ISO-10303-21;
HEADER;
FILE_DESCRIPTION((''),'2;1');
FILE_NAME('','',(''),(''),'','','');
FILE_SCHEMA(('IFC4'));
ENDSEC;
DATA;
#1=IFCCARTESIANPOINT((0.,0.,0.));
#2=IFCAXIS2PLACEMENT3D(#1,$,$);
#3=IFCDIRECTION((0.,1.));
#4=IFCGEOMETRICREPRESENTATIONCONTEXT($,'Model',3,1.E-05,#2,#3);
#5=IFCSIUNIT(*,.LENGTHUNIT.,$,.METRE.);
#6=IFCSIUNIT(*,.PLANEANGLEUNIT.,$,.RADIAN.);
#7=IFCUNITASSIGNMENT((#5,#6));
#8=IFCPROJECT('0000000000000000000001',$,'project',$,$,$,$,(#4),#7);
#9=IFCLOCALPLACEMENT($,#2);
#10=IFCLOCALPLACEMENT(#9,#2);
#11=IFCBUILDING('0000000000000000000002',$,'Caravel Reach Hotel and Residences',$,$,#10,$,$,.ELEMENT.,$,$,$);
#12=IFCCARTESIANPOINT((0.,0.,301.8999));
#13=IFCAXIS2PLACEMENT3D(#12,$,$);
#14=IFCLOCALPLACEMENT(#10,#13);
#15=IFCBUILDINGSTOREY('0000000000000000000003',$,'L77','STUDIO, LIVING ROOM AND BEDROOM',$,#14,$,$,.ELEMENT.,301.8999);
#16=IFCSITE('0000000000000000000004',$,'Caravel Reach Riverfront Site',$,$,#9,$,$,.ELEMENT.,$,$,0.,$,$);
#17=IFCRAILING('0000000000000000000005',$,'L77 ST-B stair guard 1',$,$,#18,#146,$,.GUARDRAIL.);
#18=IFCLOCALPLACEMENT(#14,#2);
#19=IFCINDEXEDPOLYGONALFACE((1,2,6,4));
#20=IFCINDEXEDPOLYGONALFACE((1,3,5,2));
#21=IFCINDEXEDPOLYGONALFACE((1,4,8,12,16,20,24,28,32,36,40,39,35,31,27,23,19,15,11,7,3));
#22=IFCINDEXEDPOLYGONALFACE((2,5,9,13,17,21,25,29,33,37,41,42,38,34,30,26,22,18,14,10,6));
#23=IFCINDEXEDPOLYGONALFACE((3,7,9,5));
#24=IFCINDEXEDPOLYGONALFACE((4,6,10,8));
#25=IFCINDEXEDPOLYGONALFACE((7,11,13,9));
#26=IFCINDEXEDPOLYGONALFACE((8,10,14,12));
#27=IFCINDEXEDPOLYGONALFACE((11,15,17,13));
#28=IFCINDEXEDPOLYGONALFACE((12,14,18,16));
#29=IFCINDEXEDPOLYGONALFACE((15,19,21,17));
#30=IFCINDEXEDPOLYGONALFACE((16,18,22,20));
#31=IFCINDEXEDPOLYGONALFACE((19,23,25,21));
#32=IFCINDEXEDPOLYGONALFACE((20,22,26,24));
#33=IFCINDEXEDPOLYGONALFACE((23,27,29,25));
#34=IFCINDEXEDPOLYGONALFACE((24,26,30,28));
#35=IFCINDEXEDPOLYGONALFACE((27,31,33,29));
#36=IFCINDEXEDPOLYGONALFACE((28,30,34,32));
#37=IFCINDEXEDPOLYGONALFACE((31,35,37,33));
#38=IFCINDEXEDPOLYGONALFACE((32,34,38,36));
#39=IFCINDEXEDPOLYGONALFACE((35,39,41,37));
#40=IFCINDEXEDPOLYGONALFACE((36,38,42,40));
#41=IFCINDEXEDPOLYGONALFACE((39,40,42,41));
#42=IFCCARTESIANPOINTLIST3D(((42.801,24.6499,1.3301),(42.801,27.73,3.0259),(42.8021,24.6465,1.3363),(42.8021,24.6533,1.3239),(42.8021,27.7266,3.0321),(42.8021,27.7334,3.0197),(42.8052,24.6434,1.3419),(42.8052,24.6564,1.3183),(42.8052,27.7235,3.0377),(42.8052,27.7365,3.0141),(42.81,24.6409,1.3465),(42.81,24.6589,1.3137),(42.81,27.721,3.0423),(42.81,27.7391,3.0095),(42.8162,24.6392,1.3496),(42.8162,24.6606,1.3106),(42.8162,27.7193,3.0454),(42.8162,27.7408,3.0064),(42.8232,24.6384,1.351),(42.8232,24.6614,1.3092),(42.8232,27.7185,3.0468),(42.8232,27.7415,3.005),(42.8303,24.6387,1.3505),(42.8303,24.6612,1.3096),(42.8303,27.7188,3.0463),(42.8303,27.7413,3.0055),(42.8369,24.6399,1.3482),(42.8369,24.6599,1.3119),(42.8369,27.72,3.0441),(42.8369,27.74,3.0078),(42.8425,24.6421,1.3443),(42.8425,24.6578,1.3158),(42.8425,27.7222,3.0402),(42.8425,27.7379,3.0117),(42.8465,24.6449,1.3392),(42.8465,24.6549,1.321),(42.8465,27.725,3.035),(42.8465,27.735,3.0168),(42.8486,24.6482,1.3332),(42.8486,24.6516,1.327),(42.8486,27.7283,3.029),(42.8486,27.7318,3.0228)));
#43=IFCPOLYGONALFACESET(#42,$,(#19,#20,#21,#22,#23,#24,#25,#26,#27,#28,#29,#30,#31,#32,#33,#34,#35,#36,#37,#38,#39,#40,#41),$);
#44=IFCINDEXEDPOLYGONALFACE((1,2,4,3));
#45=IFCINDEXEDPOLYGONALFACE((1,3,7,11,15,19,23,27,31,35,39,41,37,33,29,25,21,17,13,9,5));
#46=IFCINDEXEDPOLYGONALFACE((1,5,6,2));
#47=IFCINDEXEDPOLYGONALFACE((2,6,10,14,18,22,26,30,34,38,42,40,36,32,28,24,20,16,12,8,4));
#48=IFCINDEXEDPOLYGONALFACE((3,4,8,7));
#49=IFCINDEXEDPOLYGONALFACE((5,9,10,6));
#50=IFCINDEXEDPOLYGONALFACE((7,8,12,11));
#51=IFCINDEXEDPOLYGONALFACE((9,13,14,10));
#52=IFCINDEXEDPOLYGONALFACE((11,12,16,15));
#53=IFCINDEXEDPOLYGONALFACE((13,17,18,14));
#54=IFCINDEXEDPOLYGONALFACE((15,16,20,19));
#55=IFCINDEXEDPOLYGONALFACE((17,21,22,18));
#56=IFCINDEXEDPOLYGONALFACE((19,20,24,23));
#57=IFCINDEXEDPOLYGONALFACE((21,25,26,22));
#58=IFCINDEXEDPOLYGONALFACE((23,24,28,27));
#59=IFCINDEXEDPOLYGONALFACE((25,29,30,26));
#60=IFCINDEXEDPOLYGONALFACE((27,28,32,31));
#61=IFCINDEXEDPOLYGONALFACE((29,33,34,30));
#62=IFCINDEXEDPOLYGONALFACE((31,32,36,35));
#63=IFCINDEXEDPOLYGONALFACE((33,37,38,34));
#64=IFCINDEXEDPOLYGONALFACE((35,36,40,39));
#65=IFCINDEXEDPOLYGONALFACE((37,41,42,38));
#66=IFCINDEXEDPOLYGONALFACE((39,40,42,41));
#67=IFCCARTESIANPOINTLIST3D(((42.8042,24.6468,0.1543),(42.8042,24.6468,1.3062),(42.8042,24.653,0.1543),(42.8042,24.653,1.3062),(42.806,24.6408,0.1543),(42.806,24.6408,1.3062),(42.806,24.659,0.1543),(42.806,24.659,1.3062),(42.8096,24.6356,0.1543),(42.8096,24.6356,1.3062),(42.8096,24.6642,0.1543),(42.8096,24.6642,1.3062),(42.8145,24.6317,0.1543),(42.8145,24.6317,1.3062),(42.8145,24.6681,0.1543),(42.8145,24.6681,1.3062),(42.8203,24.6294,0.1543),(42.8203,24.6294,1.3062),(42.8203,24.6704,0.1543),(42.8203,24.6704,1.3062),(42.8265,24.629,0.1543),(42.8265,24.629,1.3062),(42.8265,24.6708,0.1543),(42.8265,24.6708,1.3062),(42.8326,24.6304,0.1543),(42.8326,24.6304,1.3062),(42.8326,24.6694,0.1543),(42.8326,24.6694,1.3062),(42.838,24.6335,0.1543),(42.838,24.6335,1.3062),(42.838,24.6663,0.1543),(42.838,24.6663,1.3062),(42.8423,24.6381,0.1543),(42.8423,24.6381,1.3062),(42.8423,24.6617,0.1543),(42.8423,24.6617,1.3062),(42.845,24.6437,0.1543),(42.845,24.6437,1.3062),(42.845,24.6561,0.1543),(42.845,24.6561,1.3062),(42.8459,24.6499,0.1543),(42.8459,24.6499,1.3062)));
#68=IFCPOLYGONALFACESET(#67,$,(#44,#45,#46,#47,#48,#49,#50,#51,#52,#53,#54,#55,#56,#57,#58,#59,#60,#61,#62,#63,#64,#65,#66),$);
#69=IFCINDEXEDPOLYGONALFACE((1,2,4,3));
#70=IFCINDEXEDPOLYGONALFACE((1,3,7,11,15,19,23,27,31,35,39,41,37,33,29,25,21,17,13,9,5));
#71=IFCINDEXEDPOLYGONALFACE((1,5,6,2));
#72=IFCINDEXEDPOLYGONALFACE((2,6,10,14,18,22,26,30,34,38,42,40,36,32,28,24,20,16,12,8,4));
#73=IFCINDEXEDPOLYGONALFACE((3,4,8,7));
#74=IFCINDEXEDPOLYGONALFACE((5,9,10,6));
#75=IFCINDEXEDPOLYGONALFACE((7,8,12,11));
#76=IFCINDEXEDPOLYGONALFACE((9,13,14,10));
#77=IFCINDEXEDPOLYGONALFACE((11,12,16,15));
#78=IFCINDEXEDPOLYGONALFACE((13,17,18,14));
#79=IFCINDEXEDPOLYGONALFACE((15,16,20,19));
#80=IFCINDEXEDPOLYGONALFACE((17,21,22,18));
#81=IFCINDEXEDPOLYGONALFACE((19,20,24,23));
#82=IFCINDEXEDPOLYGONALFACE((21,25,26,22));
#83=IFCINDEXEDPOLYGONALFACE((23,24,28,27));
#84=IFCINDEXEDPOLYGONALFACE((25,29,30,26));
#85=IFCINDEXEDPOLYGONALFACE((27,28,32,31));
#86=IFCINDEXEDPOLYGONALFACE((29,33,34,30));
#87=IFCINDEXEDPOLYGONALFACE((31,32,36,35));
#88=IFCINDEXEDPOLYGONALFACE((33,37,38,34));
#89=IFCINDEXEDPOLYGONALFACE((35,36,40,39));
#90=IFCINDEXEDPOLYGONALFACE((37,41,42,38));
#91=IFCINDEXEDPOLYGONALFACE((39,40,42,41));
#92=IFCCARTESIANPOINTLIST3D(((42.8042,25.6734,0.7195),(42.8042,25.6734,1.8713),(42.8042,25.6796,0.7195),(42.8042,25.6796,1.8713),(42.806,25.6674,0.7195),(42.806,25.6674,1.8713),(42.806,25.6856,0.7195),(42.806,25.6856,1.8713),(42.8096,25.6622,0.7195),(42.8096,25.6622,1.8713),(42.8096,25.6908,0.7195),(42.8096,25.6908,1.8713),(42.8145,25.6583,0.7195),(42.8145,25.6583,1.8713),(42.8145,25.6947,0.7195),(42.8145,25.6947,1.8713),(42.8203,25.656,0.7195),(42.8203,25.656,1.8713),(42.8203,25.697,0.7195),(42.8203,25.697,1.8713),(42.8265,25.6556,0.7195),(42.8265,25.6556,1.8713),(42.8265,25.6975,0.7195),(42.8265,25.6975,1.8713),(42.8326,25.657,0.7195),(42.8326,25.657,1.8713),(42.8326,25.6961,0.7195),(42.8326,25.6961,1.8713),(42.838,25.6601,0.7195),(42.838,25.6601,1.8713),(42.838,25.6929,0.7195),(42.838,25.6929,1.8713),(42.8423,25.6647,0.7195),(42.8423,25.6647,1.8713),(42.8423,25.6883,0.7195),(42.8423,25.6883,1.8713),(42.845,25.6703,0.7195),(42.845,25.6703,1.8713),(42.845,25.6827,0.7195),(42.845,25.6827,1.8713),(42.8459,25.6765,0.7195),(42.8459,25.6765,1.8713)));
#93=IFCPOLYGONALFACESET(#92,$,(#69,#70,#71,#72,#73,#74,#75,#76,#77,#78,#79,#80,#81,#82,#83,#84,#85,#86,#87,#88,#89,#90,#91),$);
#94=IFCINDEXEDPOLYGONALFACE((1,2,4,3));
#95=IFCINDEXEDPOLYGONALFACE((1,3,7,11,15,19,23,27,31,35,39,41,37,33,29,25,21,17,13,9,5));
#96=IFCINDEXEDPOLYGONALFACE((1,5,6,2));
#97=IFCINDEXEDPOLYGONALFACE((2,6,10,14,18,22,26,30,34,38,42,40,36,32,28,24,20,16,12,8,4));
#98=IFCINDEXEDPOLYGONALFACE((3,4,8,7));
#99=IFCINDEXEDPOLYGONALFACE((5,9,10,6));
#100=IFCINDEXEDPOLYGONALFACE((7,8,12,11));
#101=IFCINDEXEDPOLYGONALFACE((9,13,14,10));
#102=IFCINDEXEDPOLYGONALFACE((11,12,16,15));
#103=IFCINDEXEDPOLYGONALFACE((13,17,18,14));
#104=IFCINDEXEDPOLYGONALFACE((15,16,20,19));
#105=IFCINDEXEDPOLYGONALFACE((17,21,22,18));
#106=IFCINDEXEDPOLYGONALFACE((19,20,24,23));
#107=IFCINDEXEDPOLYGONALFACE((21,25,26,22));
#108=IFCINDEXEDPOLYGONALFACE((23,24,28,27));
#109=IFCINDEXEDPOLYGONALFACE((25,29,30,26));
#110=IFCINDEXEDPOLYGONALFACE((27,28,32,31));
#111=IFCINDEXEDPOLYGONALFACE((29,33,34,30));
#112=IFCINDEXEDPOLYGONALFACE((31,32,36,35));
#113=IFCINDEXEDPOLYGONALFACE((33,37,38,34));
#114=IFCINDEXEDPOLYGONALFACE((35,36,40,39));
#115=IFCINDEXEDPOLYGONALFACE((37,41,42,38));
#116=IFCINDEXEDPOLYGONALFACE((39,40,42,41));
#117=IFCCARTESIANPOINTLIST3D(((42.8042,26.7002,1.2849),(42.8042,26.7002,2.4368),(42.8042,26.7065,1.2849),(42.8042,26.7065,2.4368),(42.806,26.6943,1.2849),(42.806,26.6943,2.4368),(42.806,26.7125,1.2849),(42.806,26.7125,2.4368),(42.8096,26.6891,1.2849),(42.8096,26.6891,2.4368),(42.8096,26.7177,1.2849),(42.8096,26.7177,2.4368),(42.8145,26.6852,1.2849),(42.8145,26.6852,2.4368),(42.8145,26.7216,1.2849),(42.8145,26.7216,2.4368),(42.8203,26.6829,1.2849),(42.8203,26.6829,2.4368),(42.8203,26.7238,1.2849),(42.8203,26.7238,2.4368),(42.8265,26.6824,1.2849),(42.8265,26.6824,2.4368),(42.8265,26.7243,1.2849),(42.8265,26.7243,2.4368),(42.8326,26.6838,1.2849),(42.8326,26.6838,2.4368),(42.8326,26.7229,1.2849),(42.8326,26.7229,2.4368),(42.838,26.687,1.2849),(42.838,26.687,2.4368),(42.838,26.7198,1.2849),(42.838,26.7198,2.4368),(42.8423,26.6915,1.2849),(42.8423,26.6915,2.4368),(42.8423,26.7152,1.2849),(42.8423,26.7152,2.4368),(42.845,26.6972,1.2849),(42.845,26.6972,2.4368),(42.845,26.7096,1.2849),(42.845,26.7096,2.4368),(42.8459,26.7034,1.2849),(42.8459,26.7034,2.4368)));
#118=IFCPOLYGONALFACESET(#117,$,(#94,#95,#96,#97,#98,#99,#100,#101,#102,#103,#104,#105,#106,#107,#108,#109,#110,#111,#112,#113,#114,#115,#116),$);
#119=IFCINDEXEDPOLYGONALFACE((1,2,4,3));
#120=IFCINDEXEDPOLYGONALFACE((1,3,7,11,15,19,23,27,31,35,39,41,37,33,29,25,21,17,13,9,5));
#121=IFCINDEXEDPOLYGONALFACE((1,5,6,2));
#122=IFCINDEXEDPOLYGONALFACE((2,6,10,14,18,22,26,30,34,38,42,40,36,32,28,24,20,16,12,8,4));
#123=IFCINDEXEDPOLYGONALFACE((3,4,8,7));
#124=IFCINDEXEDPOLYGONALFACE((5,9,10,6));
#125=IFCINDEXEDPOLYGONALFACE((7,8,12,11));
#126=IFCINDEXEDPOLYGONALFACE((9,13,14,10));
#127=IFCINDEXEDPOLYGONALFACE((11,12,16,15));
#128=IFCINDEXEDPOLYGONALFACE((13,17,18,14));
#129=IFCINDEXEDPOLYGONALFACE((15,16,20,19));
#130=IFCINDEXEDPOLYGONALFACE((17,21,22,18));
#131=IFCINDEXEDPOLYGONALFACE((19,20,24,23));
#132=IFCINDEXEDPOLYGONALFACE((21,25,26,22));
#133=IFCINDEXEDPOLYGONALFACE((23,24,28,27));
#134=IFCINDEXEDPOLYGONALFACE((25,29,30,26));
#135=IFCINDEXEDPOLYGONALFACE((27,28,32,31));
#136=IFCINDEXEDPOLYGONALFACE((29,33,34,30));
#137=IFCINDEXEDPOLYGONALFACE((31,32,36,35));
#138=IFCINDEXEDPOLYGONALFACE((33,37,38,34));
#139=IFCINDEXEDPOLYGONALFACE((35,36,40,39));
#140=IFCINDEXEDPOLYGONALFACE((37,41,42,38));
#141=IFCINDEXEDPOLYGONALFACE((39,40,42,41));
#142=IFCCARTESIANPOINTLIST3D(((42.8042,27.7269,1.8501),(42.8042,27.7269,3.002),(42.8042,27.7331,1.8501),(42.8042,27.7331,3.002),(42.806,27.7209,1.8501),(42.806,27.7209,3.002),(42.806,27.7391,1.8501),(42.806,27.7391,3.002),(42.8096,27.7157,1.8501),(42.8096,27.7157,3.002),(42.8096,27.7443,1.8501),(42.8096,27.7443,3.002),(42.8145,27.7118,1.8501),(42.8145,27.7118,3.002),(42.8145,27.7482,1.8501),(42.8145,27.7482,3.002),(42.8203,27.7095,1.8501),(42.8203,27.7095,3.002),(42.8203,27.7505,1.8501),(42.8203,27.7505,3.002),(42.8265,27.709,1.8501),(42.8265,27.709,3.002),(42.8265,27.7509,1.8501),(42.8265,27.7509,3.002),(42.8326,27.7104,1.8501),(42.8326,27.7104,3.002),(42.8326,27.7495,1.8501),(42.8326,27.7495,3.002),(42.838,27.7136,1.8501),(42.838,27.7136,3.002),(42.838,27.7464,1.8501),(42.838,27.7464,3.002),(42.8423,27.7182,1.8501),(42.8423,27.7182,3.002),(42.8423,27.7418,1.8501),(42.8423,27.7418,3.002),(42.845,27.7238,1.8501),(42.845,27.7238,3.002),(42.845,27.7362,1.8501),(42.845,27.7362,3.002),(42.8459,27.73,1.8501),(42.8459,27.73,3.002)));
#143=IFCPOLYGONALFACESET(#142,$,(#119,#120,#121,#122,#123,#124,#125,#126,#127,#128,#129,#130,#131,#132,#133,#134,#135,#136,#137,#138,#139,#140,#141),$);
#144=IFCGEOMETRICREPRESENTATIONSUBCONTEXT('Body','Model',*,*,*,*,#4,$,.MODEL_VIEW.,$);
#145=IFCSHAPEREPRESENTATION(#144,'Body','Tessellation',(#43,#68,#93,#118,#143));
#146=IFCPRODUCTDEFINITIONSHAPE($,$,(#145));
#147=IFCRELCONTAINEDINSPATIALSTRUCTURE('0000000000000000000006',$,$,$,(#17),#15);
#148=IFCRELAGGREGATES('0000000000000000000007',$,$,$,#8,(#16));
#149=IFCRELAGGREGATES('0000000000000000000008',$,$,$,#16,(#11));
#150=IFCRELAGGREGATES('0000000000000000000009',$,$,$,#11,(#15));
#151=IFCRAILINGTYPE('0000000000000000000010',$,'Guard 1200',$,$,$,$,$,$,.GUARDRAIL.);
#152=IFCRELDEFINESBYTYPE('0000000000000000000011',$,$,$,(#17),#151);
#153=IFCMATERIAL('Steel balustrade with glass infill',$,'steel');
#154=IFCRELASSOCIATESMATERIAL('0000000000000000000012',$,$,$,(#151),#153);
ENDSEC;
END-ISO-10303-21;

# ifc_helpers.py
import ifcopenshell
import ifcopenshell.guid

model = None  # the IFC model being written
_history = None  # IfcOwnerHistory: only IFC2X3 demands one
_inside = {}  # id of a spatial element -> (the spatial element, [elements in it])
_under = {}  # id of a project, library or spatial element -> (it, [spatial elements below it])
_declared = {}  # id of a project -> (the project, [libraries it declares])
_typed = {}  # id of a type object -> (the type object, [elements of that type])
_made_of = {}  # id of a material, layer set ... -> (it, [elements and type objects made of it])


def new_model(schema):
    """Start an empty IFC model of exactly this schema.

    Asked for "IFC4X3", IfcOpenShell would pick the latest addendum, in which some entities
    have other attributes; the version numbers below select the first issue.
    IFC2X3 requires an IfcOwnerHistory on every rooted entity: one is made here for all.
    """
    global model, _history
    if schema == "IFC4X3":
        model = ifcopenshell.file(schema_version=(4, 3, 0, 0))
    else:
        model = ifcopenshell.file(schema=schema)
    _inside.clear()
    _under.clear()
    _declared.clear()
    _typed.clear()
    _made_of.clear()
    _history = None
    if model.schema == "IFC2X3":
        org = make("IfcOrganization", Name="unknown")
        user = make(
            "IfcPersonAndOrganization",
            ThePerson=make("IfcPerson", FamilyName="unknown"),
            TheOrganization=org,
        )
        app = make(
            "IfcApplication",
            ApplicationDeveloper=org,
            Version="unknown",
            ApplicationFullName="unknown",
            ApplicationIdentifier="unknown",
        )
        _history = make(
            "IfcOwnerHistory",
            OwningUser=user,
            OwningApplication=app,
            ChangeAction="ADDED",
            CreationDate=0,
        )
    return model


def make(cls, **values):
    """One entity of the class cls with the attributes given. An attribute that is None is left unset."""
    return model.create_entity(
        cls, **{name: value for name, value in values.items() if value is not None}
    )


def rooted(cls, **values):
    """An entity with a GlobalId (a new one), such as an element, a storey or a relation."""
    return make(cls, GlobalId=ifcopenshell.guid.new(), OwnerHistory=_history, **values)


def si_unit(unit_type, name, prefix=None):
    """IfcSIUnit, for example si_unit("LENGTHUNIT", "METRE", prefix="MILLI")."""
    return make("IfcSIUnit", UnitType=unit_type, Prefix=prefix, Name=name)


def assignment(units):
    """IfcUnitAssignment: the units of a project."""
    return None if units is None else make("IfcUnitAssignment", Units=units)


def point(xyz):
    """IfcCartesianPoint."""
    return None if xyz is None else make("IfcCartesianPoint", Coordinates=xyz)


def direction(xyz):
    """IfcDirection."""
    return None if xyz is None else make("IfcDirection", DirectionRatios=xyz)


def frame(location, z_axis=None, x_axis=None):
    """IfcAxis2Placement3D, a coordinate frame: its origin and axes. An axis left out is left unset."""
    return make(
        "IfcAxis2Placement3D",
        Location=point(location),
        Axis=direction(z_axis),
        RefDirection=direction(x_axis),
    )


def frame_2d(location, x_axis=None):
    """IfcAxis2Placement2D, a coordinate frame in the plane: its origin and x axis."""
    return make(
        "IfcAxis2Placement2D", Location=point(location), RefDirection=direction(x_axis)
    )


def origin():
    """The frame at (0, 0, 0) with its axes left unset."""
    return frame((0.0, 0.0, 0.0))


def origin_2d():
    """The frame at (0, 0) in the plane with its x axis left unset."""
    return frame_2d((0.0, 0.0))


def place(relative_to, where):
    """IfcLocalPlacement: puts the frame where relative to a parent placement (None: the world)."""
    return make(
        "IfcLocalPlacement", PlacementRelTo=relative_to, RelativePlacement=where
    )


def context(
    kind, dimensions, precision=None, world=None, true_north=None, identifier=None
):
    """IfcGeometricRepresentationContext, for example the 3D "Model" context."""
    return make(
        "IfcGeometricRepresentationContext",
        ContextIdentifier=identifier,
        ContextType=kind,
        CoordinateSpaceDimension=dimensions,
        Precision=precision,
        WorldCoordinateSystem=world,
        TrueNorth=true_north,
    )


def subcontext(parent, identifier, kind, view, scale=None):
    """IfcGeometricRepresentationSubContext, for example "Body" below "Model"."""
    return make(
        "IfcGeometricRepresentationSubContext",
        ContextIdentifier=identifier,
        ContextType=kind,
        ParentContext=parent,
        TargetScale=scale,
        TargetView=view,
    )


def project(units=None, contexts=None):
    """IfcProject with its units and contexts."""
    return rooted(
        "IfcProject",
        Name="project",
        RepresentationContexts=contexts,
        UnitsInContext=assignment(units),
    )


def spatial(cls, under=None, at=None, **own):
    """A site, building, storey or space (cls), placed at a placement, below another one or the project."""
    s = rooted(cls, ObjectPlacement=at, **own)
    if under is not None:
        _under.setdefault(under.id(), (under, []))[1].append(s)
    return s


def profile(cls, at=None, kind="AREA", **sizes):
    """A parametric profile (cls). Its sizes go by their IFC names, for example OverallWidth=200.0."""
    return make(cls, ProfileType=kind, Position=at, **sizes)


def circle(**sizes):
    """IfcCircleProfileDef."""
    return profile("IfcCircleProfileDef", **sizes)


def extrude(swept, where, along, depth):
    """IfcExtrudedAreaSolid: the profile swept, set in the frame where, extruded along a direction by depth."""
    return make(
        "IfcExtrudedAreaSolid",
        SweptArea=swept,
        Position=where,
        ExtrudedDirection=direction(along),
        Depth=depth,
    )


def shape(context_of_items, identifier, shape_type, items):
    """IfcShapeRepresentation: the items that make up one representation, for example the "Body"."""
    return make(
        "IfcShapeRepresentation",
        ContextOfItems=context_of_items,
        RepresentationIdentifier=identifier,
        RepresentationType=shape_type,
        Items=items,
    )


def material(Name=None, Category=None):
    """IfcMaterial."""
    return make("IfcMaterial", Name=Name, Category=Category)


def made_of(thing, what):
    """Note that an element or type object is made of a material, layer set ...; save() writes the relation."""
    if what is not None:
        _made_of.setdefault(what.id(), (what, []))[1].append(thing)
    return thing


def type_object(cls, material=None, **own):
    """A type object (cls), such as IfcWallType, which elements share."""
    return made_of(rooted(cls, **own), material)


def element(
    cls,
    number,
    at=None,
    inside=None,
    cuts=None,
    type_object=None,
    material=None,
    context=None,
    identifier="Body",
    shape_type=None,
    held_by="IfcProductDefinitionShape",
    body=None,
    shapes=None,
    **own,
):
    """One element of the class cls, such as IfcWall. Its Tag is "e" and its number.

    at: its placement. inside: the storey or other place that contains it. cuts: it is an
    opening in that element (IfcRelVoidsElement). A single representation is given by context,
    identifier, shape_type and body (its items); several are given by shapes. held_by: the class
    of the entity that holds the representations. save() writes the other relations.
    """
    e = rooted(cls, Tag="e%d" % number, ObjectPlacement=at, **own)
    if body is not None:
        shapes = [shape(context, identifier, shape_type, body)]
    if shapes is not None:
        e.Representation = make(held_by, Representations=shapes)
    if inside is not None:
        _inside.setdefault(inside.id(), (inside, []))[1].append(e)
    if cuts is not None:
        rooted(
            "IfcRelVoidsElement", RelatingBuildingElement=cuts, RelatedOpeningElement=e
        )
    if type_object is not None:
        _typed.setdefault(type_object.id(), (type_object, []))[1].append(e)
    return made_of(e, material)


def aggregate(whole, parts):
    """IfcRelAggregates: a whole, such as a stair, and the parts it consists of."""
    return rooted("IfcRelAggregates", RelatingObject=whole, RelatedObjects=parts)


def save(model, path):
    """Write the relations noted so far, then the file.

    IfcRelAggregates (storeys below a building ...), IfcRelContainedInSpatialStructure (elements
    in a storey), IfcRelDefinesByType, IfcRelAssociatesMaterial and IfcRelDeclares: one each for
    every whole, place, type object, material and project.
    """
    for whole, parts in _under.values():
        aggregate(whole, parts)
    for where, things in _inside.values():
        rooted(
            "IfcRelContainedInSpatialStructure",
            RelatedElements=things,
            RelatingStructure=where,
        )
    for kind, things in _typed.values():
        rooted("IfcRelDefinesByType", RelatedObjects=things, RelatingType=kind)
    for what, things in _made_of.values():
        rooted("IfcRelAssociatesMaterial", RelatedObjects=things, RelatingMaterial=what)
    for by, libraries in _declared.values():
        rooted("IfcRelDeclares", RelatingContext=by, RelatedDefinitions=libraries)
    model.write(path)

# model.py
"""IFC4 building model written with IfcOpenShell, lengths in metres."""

from ifc_helpers import new_model, si_unit, direction, frame, origin, origin_2d, place, context, subcontext, project, spatial, circle, extrude, material, type_object, element, save


model = new_model("IFC4")

# Units and contexts
model_context = context("Model", 3, precision=1e-05, world=origin(), true_north=direction((0.0, 1.0)))
body_context = subcontext(model_context, "Body", "Model", "MODEL_VIEW")
ifc_project = project(units=[si_unit("LENGTHUNIT", "METRE"), si_unit("PLANEANGLEUNIT", "RADIAN")], contexts=[model_context])

# Site, building, storey
site_placement = place(None, origin())
site = spatial("IfcSite", under=ifc_project, at=site_placement, Name="Caravel Reach Riverfront Site", CompositionType="ELEMENT", RefElevation=0.0)
building_placement = place(site_placement, origin())
building = spatial("IfcBuilding", under=site, at=building_placement, Name="Caravel Reach Hotel and Residences", CompositionType="ELEMENT")
storey_placement = place(building_placement, frame((0.0, 0.0, 301.8999)))
storey = spatial("IfcBuildingStorey", under=building, at=storey_placement, Name="L77", Description="STUDIO, LIVING ROOM AND BEDROOM", CompositionType="ELEMENT", Elevation=301.8999)

# Railing
ifc_material_1 = material(Name="Steel balustrade with glass infill", Category="steel")
railing_type = type_object("IfcRailingType", Name="Guard 1200", PredefinedType="GUARDRAIL", material=ifc_material_1)
railing_1_placement = place(storey_placement, frame((42.825, 24.6499, 0.1543)))
element("IfcRailing", 1, at=railing_1_placement, inside=storey, type_object=railing_type, Name="L77 ST-B stair guard 1", PredefinedType="GUARDRAIL", context=body_context, shape_type="SweptSolid", body=[
    extrude(circle(Radius=0.0239, at=origin_2d()), frame((0.0, 0.0, 1.1758), z_axis=(0.0, 0.876005, 0.482303), x_axis=(-1.0, 0.0, 0.0)), (0.0, 0.0, 1.0), 3.5161),
    extrude(circle(Radius=0.021, at=origin_2d()), origin(), (0.0, 0.0, 1.0), 1.1519),
    extrude(circle(Radius=0.021, at=origin_2d()), frame((0.0, 1.0266, 0.5652)), (0.0, 0.0, 1.0), 1.1519),
    extrude(circle(Radius=0.021, at=origin_2d()), frame((0.0, 2.0535, 1.1306)), (0.0, 0.0, 1.0), 1.1519),
    extrude(circle(Radius=0.021, at=origin_2d()), frame((0.0, 3.0801, 1.6958)), (0.0, 0.0, 1.0), 1.1519),
])

save(model, "model.ifc")
